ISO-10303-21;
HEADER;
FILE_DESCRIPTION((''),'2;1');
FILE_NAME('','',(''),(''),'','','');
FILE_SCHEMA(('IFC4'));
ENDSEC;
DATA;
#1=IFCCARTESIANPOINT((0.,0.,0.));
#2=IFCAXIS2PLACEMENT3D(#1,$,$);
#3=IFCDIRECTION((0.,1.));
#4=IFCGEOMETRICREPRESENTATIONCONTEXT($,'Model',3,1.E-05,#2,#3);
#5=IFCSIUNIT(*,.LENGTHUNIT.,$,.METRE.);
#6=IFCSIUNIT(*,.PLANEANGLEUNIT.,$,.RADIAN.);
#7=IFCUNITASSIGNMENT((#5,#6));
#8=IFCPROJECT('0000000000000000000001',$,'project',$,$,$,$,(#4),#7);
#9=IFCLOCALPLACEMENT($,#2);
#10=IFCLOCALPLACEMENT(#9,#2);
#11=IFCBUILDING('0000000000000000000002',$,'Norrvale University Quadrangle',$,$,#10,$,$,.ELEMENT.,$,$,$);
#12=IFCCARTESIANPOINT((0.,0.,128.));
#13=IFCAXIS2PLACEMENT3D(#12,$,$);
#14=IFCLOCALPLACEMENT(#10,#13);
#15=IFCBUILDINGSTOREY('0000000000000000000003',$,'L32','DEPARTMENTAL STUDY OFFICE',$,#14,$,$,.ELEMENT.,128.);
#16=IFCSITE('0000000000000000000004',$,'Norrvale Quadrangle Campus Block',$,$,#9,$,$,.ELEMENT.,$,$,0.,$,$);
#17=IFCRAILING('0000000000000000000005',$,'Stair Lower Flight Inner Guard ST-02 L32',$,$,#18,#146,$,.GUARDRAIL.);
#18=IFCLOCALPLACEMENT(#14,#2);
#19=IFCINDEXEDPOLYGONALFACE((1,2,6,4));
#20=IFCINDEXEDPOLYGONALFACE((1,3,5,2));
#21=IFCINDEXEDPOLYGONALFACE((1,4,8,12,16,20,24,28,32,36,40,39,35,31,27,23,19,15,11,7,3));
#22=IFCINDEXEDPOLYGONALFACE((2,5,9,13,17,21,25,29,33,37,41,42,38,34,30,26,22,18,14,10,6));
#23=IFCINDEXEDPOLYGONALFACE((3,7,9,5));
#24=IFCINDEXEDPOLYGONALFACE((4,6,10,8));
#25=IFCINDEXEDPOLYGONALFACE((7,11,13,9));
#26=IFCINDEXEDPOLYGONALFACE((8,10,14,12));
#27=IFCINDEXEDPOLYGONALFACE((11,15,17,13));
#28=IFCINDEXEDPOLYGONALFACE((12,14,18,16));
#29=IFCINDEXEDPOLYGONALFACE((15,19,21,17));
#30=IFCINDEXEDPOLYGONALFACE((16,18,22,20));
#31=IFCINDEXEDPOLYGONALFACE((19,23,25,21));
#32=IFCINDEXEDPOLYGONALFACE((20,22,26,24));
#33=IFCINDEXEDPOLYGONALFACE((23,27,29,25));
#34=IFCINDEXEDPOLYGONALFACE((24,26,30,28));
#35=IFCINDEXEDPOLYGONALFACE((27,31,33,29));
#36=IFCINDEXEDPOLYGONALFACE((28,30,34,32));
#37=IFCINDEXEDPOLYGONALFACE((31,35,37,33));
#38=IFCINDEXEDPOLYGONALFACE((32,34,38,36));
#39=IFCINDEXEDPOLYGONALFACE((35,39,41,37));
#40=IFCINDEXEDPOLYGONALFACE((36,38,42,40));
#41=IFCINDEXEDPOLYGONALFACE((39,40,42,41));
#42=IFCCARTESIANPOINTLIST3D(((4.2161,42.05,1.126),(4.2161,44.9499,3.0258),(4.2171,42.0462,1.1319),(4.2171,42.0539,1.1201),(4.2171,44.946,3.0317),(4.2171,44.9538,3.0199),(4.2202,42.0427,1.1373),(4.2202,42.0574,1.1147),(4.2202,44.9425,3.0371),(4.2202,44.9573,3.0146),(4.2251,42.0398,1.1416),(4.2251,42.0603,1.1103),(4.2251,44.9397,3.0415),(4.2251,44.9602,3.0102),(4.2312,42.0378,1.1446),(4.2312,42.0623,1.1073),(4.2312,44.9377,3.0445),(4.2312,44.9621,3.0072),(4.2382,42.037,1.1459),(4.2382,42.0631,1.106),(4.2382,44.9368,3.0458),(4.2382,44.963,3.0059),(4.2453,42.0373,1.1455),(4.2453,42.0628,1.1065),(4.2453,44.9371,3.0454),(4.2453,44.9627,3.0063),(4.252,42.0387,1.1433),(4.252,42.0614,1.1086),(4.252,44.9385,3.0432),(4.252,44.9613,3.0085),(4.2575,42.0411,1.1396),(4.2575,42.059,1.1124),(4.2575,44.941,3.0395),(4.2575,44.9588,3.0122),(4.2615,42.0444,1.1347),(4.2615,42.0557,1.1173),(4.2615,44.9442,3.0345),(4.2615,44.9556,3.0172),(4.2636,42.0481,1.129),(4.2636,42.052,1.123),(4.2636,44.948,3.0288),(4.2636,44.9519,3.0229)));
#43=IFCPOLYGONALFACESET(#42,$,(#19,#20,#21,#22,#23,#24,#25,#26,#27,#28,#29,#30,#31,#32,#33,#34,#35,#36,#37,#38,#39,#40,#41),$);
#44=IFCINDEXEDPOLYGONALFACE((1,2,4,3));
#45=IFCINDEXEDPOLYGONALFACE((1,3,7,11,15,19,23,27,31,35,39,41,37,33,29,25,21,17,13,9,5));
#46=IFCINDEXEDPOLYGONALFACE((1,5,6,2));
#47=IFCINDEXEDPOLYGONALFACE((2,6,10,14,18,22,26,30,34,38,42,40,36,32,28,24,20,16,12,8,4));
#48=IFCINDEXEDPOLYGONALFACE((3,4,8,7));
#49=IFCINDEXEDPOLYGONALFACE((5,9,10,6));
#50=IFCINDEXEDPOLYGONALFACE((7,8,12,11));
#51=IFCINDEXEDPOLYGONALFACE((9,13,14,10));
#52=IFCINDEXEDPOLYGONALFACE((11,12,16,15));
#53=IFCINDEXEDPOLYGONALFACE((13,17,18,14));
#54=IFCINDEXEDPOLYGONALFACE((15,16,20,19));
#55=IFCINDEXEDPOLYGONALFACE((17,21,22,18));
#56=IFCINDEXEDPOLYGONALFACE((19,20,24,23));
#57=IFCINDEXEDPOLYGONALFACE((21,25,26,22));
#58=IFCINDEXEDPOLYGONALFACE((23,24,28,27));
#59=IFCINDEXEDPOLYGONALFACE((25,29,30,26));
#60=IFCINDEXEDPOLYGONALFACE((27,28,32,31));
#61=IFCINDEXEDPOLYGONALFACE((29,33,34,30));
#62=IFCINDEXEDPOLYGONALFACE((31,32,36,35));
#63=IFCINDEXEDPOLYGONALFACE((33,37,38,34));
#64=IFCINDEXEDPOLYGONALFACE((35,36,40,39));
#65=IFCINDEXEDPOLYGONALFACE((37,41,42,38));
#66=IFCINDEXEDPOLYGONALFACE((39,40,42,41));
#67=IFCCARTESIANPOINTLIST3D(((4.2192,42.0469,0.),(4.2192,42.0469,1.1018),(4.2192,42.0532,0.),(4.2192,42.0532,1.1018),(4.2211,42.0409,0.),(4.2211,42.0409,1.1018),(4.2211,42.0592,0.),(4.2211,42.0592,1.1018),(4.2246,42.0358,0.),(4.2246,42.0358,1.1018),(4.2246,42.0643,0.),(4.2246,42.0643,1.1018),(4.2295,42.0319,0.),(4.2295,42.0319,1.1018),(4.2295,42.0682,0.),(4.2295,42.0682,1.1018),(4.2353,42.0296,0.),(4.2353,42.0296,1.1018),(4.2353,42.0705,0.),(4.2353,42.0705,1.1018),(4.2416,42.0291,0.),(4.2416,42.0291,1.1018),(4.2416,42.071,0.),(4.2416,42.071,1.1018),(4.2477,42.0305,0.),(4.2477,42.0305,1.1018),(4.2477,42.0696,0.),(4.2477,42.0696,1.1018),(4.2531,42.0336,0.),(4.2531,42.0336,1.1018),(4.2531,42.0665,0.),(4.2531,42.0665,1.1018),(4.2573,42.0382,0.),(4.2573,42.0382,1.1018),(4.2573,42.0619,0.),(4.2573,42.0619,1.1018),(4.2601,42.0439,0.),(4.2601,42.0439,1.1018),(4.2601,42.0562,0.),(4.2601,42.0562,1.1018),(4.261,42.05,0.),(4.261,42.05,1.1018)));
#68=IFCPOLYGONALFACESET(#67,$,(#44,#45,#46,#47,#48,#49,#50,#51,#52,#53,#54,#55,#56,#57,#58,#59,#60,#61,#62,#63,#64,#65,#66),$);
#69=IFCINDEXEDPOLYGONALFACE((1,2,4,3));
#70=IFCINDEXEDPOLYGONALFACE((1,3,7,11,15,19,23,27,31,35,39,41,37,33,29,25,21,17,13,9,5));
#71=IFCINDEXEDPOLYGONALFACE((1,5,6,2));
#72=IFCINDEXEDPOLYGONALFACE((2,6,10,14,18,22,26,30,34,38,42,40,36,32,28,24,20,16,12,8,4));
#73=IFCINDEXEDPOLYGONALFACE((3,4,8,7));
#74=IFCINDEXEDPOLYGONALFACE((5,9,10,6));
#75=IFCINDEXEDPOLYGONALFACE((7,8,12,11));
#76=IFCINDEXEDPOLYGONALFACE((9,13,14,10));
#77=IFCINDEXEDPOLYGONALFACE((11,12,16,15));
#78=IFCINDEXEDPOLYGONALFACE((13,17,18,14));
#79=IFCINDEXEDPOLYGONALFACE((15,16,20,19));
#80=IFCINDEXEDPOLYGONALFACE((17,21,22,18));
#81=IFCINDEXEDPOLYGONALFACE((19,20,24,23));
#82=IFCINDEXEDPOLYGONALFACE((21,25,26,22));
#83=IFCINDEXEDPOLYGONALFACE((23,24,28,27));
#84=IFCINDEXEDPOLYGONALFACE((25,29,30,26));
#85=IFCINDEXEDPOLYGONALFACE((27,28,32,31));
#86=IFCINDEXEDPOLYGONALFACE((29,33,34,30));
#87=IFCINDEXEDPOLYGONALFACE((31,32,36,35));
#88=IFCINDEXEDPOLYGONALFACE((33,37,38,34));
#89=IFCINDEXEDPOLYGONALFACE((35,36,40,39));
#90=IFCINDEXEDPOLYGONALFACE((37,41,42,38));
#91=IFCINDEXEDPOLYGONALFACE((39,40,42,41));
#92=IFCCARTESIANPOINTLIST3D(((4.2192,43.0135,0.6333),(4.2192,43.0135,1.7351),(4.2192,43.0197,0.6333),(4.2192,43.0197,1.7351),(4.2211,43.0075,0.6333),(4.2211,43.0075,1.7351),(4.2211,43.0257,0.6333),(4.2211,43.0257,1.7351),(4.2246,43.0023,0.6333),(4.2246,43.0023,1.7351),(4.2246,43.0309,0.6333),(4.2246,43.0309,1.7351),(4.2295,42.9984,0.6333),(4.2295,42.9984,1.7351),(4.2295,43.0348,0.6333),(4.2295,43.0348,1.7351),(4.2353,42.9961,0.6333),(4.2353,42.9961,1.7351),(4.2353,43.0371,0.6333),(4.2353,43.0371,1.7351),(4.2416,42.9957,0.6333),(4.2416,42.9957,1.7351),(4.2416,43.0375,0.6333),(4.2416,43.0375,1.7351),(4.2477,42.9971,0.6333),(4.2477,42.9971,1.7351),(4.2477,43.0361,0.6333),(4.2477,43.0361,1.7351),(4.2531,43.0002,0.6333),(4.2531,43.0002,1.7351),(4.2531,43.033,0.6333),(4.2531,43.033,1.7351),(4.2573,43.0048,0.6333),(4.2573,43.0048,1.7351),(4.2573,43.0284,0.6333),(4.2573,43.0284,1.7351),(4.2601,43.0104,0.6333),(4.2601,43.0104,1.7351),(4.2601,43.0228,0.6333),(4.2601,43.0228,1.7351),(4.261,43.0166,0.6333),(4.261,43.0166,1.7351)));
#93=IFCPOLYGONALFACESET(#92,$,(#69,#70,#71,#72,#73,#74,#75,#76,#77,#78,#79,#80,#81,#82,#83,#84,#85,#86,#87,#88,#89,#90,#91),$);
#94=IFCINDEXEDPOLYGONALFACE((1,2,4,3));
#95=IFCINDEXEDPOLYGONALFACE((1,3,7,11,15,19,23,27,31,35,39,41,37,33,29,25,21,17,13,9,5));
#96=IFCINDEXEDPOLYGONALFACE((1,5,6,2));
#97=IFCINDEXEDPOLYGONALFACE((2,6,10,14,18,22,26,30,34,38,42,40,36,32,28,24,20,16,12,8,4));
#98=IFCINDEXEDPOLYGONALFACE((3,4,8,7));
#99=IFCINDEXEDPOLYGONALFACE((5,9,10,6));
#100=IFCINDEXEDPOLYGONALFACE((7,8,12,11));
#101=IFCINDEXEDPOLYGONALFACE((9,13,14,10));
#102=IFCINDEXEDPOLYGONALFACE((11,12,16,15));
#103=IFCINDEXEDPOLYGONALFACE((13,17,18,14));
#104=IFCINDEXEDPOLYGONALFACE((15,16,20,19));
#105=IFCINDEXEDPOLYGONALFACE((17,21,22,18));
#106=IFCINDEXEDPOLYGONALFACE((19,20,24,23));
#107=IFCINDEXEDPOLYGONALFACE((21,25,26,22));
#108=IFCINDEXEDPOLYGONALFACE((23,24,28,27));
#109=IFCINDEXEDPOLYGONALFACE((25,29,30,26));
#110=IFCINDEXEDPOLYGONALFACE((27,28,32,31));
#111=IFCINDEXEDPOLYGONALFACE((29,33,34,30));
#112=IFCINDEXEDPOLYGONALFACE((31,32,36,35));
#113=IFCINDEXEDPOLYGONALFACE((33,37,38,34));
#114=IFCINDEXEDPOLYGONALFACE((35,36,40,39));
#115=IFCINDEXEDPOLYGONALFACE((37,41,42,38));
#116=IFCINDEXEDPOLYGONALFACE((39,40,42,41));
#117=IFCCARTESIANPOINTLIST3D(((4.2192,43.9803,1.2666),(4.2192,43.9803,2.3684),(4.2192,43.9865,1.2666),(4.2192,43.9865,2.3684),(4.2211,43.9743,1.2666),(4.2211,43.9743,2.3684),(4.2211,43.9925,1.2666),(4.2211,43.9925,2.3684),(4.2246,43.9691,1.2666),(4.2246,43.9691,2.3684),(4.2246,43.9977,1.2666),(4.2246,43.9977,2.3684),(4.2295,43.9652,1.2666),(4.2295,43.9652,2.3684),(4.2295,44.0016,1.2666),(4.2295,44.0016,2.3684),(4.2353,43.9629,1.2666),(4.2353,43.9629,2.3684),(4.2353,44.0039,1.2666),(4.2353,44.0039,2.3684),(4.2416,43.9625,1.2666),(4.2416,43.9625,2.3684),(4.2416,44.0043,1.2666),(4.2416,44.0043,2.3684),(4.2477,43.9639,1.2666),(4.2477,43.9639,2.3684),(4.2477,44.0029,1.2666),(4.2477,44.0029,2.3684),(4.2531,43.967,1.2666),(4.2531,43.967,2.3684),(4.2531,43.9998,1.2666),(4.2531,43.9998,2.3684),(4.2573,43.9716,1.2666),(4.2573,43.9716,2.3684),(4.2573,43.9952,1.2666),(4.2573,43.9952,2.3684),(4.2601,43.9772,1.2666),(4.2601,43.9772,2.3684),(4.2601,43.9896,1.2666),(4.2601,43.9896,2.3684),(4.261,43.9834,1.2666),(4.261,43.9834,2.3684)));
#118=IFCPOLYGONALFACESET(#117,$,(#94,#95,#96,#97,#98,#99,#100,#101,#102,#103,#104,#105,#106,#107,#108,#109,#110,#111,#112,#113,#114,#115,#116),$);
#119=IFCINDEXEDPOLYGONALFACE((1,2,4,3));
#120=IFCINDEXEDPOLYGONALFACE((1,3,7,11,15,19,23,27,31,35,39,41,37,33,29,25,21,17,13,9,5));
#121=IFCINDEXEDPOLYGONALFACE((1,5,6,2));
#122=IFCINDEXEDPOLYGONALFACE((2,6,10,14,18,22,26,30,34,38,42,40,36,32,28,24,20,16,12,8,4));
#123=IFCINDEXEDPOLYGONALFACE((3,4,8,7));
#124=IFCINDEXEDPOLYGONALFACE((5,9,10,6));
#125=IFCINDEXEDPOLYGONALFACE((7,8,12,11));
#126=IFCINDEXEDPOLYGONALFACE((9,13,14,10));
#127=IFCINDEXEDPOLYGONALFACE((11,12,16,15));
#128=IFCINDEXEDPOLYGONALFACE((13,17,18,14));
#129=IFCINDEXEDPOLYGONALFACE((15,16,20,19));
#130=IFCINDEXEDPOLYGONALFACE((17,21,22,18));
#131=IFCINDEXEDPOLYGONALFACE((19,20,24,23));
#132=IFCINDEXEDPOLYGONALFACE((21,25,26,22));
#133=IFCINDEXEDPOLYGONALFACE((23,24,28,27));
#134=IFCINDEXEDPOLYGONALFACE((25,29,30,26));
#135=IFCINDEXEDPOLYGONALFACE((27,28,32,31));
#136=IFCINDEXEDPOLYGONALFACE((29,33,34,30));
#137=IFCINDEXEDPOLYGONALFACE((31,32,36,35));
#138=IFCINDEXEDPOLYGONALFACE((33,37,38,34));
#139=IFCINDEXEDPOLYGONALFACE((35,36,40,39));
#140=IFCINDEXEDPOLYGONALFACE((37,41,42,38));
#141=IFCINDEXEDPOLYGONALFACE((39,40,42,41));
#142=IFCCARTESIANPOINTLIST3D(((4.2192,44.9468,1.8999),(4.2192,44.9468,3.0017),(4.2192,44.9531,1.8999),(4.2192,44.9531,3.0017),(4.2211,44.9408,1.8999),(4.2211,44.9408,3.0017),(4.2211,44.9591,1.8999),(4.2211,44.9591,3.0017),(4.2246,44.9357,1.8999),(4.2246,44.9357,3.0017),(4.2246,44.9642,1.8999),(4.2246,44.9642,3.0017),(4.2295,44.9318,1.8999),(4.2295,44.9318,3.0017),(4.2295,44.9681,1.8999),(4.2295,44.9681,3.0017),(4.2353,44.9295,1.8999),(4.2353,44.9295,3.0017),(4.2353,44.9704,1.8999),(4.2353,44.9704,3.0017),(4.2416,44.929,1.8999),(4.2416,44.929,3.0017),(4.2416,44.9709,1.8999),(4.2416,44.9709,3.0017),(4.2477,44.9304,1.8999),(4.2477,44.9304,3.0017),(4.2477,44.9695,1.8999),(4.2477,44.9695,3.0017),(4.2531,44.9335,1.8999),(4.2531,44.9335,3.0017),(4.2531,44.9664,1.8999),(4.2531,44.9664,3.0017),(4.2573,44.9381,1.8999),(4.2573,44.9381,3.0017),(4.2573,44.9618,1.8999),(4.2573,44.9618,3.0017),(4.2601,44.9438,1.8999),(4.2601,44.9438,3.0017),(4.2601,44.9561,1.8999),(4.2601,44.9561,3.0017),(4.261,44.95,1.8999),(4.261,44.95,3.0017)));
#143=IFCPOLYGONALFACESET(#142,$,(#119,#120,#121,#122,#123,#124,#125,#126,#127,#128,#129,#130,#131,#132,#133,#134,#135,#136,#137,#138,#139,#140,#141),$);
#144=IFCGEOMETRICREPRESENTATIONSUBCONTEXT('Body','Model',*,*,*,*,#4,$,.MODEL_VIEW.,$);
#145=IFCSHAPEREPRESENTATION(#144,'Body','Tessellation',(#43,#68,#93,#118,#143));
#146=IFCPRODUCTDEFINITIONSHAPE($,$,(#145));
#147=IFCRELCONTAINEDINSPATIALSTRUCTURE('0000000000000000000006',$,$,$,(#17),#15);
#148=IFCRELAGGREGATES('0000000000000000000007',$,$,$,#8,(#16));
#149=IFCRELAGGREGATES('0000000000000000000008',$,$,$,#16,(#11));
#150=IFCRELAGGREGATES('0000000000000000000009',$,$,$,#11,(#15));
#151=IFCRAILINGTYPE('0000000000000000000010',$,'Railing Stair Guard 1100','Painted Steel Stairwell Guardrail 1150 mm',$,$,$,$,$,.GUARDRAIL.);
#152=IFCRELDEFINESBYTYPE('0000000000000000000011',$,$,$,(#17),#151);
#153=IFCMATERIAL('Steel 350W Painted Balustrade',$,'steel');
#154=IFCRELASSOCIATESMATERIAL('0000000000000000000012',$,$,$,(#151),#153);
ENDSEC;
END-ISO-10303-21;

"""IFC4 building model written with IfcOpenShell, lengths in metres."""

from ifc_helpers import new_model, si_unit, direction, frame, origin, origin_2d, place, context, subcontext, project, spatial, circle, extrude, material, type_object, element, save


model = new_model("IFC4")

# Units and contexts
model_context = context("Model", 3, precision=1e-05, world=origin(), true_north=direction((0.0, 1.0)))
body_context = subcontext(model_context, "Body", "Model", "MODEL_VIEW")
ifc_project = project(units=[si_unit("LENGTHUNIT", "METRE"), si_unit("PLANEANGLEUNIT", "RADIAN")], contexts=[model_context])

# Site, building, storey
site_placement = place(None, origin())
site = spatial("IfcSite", under=ifc_project, at=site_placement, Name="Norrvale Quadrangle Campus Block", CompositionType="ELEMENT", RefElevation=0.0)
building_placement = place(site_placement, origin())
building = spatial("IfcBuilding", under=site, at=building_placement, Name="Norrvale University Quadrangle", CompositionType="ELEMENT")
storey_placement = place(building_placement, frame((0.0, 0.0, 128.0)))
storey = spatial("IfcBuildingStorey", under=building, at=storey_placement, Name="L32", Description="DEPARTMENTAL STUDY OFFICE", CompositionType="ELEMENT", Elevation=128.0)

# Railing
ifc_material_1 = material(Name="Steel 350W Painted Balustrade", Category="steel")
railing_type_1 = type_object("IfcRailingType", Name="Railing Stair Guard 1100", Description="Painted Steel Stairwell Guardrail 1150 mm", PredefinedType="GUARDRAIL", material=ifc_material_1)
railing_1_placement = place(storey_placement, frame((4.24, 42.05, 0.0)))
element("IfcRailing", 1, at=railing_1_placement, inside=storey, type_object=railing_type_1, Name="Stair Lower Flight Inner Guard ST-02 L32", PredefinedType="GUARDRAIL", context=body_context, shape_type="SweptSolid", body=[
    extrude(circle(Radius=0.0239, at=origin_2d()), frame((0.0, 0.0, 1.126), z_axis=(0.0, 0.836466, 0.548019), x_axis=(-1.0, 0.0, 0.0)), (0.0, 0.0, 1.0), 3.4668),
    extrude(circle(Radius=0.021, at=origin_2d()), origin(), (0.0, 0.0, 1.0), 1.1018),
    extrude(circle(Radius=0.021, at=origin_2d()), frame((0.0, 0.9666, 0.6333)), (0.0, 0.0, 1.0), 1.1018),
    extrude(circle(Radius=0.021, at=origin_2d()), frame((0.0, 1.9333, 1.2666)), (0.0, 0.0, 1.0), 1.1018),
    extrude(circle(Radius=0.021, at=origin_2d()), frame((0.0, 2.8999, 1.8999)), (0.0, 0.0, 1.0), 1.1018),
])

save(model, "model.ifc")
